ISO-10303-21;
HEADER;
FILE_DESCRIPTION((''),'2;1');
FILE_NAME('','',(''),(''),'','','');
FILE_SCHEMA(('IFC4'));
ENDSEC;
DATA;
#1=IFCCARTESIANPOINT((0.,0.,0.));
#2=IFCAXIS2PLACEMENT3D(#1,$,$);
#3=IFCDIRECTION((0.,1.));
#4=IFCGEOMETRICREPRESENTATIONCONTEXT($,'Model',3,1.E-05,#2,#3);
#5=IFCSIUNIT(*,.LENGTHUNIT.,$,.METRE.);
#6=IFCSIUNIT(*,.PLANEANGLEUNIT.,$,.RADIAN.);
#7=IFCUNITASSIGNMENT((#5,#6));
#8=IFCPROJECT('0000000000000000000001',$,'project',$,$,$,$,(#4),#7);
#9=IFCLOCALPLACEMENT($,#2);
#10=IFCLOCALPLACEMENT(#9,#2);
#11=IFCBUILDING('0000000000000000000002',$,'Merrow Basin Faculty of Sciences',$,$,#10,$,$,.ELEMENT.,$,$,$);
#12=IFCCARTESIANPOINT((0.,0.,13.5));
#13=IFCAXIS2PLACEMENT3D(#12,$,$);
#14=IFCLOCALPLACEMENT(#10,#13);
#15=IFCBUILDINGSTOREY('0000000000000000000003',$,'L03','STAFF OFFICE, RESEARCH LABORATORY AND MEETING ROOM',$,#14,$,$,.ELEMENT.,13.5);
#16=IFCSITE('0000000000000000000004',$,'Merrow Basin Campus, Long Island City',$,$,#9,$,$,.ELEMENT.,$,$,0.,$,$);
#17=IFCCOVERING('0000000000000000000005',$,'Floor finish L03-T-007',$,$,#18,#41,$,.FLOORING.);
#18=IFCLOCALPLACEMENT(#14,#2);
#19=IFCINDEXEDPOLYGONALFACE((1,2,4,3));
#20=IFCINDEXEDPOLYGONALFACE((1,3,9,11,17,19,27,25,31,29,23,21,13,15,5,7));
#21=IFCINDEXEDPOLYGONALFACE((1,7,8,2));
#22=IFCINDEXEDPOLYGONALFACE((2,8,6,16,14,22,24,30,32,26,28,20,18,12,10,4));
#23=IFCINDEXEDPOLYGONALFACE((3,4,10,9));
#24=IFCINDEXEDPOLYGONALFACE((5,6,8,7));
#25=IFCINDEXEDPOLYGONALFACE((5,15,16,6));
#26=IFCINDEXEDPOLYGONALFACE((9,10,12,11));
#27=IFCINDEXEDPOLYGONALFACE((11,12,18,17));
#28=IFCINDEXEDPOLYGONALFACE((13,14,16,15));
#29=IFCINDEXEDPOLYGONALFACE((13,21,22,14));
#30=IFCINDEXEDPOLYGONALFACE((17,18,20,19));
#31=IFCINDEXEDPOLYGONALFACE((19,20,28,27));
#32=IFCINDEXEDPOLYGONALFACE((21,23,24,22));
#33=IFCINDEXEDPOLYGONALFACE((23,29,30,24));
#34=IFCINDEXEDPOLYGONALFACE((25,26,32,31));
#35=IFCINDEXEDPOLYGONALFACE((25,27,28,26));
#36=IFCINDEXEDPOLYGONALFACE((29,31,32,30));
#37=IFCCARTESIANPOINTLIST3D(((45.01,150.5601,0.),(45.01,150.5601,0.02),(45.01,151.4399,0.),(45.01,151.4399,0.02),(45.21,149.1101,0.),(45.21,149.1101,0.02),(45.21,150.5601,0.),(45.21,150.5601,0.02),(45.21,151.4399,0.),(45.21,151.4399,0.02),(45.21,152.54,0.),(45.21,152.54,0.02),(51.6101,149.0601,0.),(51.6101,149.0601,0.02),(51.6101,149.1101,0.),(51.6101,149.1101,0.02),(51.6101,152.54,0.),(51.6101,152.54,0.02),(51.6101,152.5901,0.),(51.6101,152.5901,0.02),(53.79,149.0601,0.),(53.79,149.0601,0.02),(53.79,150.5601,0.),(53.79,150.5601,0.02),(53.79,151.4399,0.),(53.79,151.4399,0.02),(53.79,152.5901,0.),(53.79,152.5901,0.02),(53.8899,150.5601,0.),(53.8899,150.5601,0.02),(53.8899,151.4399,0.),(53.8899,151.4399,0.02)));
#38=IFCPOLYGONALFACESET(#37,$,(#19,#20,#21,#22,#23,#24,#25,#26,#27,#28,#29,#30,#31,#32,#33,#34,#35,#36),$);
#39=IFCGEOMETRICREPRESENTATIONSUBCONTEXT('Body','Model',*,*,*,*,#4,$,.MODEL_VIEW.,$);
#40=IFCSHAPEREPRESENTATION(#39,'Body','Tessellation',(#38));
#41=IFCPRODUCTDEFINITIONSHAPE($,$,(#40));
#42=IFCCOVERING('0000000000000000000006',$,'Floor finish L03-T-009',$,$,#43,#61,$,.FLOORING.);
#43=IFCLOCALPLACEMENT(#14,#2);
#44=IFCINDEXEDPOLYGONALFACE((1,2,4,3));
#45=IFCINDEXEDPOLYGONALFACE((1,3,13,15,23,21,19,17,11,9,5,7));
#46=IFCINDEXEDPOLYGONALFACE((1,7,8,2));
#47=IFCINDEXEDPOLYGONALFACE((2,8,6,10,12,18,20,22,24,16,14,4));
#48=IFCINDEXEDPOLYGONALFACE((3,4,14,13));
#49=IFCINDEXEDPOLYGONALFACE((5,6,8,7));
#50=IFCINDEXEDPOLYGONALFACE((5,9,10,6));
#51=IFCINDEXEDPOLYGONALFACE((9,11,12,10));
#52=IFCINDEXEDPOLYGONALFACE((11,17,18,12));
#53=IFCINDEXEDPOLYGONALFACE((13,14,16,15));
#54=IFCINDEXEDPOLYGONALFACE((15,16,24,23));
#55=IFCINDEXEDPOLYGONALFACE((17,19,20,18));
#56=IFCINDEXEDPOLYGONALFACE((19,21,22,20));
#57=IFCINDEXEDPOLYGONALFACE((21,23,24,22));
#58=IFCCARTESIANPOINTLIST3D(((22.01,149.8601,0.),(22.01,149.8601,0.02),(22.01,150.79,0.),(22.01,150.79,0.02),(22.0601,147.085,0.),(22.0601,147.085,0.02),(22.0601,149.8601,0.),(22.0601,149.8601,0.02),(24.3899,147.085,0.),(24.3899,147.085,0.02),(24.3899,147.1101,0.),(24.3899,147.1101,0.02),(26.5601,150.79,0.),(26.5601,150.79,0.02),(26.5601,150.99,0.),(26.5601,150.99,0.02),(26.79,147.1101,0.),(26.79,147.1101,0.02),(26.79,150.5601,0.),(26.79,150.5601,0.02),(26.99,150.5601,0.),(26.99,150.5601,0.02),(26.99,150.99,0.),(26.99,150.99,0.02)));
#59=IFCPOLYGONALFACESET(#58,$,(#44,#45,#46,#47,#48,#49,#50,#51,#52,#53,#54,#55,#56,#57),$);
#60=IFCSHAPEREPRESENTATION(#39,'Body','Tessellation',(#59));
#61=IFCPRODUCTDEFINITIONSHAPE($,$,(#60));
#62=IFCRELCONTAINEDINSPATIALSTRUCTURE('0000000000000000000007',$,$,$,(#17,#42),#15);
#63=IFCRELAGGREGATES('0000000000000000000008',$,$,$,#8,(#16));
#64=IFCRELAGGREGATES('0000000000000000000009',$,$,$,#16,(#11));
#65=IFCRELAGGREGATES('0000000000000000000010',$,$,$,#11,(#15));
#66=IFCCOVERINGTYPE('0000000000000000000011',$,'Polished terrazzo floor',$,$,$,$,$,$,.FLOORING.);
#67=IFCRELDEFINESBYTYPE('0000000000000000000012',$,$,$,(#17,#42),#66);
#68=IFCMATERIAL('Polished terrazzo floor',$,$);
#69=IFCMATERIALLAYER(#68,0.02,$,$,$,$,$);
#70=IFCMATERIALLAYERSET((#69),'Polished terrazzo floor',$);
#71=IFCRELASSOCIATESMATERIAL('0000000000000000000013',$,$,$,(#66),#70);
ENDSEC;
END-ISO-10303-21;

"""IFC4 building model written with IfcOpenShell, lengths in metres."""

from ifc_helpers import new_model, si_unit, direction, frame, origin, place, context, subcontext, project, spatial, polyline, outline, extrude, material, layer, layer_set, type_object, element, save


model = new_model("IFC4")

# Units and contexts
model_context = context("Model", 3, precision=1e-05, world=origin(), true_north=direction((0.0, 1.0)))
body_context = subcontext(model_context, "Body", "Model", "MODEL_VIEW")
ifc_project = project(units=[si_unit("LENGTHUNIT", "METRE"), si_unit("PLANEANGLEUNIT", "RADIAN")], contexts=[model_context])

# Site, building, storey
site_placement = place(None, origin())
site = spatial("IfcSite", under=ifc_project, at=site_placement, Name="Merrow Basin Campus, Long Island City", CompositionType="ELEMENT", RefElevation=0.0)
building_placement = place(site_placement, origin())
building = spatial("IfcBuilding", under=site, at=building_placement, Name="Merrow Basin Faculty of Sciences", CompositionType="ELEMENT")
storey_placement = place(building_placement, frame((0.0, 0.0, 13.5)))
storey = spatial("IfcBuildingStorey", under=building, at=storey_placement, Name="L03", Description="STAFF OFFICE, RESEARCH LABORATORY AND MEETING ROOM", CompositionType="ELEMENT", Elevation=13.5)

# Coverings
ifc_material_1 = material(Name="Polished terrazzo floor")
ifc_layer_1 = layer(ifc_material_1, 0.02)
ifc_layer_set_1 = layer_set([ifc_layer_1], Name="Polished terrazzo floor")
covering_type_1 = type_object("IfcCoveringType", Name="Polished terrazzo floor", PredefinedType="FLOORING", material=ifc_layer_set_1)
covering_1_placement = place(storey_placement, origin())
element("IfcCovering", 1, at=covering_1_placement, inside=storey, type_object=covering_type_1, Name="Floor finish L03-T-007", PredefinedType="FLOORING", context=body_context, shape_type="SweptSolid", body=[
    extrude(outline(polyline([(45.01, 151.4399), (45.21, 151.4399), (45.21, 152.54), (51.6101, 152.54), (51.6101, 152.5901), (53.79, 152.5901), (53.79, 151.4399), (53.8899, 151.4399), (53.8899, 150.5601), (53.79, 150.5601), (53.79, 149.0601), (51.6101, 149.0601), (51.6101, 149.1101), (45.21, 149.1101), (45.21, 150.5601), (45.01, 150.5601), (45.01, 151.4399)])), origin(), (0.0, 0.0, 1.0), 0.02),
])
covering_2_placement = place(storey_placement, origin())
element("IfcCovering", 2, at=covering_2_placement, inside=storey, type_object=covering_type_1, Name="Floor finish L03-T-009", PredefinedType="FLOORING", context=body_context, shape_type="SweptSolid", body=[
    extrude(outline(polyline([(26.99, 150.99), (26.99, 150.5601), (26.79, 150.5601), (26.79, 147.1101), (24.3899, 147.1101), (24.3899, 147.085), (22.0601, 147.085), (22.0601, 149.8601), (22.01, 149.8601), (22.01, 150.79), (26.5601, 150.79), (26.5601, 150.99), (26.99, 150.99)])), origin(), (0.0, 0.0, 1.0), 0.02),
])

save(model, "model.ifc")
